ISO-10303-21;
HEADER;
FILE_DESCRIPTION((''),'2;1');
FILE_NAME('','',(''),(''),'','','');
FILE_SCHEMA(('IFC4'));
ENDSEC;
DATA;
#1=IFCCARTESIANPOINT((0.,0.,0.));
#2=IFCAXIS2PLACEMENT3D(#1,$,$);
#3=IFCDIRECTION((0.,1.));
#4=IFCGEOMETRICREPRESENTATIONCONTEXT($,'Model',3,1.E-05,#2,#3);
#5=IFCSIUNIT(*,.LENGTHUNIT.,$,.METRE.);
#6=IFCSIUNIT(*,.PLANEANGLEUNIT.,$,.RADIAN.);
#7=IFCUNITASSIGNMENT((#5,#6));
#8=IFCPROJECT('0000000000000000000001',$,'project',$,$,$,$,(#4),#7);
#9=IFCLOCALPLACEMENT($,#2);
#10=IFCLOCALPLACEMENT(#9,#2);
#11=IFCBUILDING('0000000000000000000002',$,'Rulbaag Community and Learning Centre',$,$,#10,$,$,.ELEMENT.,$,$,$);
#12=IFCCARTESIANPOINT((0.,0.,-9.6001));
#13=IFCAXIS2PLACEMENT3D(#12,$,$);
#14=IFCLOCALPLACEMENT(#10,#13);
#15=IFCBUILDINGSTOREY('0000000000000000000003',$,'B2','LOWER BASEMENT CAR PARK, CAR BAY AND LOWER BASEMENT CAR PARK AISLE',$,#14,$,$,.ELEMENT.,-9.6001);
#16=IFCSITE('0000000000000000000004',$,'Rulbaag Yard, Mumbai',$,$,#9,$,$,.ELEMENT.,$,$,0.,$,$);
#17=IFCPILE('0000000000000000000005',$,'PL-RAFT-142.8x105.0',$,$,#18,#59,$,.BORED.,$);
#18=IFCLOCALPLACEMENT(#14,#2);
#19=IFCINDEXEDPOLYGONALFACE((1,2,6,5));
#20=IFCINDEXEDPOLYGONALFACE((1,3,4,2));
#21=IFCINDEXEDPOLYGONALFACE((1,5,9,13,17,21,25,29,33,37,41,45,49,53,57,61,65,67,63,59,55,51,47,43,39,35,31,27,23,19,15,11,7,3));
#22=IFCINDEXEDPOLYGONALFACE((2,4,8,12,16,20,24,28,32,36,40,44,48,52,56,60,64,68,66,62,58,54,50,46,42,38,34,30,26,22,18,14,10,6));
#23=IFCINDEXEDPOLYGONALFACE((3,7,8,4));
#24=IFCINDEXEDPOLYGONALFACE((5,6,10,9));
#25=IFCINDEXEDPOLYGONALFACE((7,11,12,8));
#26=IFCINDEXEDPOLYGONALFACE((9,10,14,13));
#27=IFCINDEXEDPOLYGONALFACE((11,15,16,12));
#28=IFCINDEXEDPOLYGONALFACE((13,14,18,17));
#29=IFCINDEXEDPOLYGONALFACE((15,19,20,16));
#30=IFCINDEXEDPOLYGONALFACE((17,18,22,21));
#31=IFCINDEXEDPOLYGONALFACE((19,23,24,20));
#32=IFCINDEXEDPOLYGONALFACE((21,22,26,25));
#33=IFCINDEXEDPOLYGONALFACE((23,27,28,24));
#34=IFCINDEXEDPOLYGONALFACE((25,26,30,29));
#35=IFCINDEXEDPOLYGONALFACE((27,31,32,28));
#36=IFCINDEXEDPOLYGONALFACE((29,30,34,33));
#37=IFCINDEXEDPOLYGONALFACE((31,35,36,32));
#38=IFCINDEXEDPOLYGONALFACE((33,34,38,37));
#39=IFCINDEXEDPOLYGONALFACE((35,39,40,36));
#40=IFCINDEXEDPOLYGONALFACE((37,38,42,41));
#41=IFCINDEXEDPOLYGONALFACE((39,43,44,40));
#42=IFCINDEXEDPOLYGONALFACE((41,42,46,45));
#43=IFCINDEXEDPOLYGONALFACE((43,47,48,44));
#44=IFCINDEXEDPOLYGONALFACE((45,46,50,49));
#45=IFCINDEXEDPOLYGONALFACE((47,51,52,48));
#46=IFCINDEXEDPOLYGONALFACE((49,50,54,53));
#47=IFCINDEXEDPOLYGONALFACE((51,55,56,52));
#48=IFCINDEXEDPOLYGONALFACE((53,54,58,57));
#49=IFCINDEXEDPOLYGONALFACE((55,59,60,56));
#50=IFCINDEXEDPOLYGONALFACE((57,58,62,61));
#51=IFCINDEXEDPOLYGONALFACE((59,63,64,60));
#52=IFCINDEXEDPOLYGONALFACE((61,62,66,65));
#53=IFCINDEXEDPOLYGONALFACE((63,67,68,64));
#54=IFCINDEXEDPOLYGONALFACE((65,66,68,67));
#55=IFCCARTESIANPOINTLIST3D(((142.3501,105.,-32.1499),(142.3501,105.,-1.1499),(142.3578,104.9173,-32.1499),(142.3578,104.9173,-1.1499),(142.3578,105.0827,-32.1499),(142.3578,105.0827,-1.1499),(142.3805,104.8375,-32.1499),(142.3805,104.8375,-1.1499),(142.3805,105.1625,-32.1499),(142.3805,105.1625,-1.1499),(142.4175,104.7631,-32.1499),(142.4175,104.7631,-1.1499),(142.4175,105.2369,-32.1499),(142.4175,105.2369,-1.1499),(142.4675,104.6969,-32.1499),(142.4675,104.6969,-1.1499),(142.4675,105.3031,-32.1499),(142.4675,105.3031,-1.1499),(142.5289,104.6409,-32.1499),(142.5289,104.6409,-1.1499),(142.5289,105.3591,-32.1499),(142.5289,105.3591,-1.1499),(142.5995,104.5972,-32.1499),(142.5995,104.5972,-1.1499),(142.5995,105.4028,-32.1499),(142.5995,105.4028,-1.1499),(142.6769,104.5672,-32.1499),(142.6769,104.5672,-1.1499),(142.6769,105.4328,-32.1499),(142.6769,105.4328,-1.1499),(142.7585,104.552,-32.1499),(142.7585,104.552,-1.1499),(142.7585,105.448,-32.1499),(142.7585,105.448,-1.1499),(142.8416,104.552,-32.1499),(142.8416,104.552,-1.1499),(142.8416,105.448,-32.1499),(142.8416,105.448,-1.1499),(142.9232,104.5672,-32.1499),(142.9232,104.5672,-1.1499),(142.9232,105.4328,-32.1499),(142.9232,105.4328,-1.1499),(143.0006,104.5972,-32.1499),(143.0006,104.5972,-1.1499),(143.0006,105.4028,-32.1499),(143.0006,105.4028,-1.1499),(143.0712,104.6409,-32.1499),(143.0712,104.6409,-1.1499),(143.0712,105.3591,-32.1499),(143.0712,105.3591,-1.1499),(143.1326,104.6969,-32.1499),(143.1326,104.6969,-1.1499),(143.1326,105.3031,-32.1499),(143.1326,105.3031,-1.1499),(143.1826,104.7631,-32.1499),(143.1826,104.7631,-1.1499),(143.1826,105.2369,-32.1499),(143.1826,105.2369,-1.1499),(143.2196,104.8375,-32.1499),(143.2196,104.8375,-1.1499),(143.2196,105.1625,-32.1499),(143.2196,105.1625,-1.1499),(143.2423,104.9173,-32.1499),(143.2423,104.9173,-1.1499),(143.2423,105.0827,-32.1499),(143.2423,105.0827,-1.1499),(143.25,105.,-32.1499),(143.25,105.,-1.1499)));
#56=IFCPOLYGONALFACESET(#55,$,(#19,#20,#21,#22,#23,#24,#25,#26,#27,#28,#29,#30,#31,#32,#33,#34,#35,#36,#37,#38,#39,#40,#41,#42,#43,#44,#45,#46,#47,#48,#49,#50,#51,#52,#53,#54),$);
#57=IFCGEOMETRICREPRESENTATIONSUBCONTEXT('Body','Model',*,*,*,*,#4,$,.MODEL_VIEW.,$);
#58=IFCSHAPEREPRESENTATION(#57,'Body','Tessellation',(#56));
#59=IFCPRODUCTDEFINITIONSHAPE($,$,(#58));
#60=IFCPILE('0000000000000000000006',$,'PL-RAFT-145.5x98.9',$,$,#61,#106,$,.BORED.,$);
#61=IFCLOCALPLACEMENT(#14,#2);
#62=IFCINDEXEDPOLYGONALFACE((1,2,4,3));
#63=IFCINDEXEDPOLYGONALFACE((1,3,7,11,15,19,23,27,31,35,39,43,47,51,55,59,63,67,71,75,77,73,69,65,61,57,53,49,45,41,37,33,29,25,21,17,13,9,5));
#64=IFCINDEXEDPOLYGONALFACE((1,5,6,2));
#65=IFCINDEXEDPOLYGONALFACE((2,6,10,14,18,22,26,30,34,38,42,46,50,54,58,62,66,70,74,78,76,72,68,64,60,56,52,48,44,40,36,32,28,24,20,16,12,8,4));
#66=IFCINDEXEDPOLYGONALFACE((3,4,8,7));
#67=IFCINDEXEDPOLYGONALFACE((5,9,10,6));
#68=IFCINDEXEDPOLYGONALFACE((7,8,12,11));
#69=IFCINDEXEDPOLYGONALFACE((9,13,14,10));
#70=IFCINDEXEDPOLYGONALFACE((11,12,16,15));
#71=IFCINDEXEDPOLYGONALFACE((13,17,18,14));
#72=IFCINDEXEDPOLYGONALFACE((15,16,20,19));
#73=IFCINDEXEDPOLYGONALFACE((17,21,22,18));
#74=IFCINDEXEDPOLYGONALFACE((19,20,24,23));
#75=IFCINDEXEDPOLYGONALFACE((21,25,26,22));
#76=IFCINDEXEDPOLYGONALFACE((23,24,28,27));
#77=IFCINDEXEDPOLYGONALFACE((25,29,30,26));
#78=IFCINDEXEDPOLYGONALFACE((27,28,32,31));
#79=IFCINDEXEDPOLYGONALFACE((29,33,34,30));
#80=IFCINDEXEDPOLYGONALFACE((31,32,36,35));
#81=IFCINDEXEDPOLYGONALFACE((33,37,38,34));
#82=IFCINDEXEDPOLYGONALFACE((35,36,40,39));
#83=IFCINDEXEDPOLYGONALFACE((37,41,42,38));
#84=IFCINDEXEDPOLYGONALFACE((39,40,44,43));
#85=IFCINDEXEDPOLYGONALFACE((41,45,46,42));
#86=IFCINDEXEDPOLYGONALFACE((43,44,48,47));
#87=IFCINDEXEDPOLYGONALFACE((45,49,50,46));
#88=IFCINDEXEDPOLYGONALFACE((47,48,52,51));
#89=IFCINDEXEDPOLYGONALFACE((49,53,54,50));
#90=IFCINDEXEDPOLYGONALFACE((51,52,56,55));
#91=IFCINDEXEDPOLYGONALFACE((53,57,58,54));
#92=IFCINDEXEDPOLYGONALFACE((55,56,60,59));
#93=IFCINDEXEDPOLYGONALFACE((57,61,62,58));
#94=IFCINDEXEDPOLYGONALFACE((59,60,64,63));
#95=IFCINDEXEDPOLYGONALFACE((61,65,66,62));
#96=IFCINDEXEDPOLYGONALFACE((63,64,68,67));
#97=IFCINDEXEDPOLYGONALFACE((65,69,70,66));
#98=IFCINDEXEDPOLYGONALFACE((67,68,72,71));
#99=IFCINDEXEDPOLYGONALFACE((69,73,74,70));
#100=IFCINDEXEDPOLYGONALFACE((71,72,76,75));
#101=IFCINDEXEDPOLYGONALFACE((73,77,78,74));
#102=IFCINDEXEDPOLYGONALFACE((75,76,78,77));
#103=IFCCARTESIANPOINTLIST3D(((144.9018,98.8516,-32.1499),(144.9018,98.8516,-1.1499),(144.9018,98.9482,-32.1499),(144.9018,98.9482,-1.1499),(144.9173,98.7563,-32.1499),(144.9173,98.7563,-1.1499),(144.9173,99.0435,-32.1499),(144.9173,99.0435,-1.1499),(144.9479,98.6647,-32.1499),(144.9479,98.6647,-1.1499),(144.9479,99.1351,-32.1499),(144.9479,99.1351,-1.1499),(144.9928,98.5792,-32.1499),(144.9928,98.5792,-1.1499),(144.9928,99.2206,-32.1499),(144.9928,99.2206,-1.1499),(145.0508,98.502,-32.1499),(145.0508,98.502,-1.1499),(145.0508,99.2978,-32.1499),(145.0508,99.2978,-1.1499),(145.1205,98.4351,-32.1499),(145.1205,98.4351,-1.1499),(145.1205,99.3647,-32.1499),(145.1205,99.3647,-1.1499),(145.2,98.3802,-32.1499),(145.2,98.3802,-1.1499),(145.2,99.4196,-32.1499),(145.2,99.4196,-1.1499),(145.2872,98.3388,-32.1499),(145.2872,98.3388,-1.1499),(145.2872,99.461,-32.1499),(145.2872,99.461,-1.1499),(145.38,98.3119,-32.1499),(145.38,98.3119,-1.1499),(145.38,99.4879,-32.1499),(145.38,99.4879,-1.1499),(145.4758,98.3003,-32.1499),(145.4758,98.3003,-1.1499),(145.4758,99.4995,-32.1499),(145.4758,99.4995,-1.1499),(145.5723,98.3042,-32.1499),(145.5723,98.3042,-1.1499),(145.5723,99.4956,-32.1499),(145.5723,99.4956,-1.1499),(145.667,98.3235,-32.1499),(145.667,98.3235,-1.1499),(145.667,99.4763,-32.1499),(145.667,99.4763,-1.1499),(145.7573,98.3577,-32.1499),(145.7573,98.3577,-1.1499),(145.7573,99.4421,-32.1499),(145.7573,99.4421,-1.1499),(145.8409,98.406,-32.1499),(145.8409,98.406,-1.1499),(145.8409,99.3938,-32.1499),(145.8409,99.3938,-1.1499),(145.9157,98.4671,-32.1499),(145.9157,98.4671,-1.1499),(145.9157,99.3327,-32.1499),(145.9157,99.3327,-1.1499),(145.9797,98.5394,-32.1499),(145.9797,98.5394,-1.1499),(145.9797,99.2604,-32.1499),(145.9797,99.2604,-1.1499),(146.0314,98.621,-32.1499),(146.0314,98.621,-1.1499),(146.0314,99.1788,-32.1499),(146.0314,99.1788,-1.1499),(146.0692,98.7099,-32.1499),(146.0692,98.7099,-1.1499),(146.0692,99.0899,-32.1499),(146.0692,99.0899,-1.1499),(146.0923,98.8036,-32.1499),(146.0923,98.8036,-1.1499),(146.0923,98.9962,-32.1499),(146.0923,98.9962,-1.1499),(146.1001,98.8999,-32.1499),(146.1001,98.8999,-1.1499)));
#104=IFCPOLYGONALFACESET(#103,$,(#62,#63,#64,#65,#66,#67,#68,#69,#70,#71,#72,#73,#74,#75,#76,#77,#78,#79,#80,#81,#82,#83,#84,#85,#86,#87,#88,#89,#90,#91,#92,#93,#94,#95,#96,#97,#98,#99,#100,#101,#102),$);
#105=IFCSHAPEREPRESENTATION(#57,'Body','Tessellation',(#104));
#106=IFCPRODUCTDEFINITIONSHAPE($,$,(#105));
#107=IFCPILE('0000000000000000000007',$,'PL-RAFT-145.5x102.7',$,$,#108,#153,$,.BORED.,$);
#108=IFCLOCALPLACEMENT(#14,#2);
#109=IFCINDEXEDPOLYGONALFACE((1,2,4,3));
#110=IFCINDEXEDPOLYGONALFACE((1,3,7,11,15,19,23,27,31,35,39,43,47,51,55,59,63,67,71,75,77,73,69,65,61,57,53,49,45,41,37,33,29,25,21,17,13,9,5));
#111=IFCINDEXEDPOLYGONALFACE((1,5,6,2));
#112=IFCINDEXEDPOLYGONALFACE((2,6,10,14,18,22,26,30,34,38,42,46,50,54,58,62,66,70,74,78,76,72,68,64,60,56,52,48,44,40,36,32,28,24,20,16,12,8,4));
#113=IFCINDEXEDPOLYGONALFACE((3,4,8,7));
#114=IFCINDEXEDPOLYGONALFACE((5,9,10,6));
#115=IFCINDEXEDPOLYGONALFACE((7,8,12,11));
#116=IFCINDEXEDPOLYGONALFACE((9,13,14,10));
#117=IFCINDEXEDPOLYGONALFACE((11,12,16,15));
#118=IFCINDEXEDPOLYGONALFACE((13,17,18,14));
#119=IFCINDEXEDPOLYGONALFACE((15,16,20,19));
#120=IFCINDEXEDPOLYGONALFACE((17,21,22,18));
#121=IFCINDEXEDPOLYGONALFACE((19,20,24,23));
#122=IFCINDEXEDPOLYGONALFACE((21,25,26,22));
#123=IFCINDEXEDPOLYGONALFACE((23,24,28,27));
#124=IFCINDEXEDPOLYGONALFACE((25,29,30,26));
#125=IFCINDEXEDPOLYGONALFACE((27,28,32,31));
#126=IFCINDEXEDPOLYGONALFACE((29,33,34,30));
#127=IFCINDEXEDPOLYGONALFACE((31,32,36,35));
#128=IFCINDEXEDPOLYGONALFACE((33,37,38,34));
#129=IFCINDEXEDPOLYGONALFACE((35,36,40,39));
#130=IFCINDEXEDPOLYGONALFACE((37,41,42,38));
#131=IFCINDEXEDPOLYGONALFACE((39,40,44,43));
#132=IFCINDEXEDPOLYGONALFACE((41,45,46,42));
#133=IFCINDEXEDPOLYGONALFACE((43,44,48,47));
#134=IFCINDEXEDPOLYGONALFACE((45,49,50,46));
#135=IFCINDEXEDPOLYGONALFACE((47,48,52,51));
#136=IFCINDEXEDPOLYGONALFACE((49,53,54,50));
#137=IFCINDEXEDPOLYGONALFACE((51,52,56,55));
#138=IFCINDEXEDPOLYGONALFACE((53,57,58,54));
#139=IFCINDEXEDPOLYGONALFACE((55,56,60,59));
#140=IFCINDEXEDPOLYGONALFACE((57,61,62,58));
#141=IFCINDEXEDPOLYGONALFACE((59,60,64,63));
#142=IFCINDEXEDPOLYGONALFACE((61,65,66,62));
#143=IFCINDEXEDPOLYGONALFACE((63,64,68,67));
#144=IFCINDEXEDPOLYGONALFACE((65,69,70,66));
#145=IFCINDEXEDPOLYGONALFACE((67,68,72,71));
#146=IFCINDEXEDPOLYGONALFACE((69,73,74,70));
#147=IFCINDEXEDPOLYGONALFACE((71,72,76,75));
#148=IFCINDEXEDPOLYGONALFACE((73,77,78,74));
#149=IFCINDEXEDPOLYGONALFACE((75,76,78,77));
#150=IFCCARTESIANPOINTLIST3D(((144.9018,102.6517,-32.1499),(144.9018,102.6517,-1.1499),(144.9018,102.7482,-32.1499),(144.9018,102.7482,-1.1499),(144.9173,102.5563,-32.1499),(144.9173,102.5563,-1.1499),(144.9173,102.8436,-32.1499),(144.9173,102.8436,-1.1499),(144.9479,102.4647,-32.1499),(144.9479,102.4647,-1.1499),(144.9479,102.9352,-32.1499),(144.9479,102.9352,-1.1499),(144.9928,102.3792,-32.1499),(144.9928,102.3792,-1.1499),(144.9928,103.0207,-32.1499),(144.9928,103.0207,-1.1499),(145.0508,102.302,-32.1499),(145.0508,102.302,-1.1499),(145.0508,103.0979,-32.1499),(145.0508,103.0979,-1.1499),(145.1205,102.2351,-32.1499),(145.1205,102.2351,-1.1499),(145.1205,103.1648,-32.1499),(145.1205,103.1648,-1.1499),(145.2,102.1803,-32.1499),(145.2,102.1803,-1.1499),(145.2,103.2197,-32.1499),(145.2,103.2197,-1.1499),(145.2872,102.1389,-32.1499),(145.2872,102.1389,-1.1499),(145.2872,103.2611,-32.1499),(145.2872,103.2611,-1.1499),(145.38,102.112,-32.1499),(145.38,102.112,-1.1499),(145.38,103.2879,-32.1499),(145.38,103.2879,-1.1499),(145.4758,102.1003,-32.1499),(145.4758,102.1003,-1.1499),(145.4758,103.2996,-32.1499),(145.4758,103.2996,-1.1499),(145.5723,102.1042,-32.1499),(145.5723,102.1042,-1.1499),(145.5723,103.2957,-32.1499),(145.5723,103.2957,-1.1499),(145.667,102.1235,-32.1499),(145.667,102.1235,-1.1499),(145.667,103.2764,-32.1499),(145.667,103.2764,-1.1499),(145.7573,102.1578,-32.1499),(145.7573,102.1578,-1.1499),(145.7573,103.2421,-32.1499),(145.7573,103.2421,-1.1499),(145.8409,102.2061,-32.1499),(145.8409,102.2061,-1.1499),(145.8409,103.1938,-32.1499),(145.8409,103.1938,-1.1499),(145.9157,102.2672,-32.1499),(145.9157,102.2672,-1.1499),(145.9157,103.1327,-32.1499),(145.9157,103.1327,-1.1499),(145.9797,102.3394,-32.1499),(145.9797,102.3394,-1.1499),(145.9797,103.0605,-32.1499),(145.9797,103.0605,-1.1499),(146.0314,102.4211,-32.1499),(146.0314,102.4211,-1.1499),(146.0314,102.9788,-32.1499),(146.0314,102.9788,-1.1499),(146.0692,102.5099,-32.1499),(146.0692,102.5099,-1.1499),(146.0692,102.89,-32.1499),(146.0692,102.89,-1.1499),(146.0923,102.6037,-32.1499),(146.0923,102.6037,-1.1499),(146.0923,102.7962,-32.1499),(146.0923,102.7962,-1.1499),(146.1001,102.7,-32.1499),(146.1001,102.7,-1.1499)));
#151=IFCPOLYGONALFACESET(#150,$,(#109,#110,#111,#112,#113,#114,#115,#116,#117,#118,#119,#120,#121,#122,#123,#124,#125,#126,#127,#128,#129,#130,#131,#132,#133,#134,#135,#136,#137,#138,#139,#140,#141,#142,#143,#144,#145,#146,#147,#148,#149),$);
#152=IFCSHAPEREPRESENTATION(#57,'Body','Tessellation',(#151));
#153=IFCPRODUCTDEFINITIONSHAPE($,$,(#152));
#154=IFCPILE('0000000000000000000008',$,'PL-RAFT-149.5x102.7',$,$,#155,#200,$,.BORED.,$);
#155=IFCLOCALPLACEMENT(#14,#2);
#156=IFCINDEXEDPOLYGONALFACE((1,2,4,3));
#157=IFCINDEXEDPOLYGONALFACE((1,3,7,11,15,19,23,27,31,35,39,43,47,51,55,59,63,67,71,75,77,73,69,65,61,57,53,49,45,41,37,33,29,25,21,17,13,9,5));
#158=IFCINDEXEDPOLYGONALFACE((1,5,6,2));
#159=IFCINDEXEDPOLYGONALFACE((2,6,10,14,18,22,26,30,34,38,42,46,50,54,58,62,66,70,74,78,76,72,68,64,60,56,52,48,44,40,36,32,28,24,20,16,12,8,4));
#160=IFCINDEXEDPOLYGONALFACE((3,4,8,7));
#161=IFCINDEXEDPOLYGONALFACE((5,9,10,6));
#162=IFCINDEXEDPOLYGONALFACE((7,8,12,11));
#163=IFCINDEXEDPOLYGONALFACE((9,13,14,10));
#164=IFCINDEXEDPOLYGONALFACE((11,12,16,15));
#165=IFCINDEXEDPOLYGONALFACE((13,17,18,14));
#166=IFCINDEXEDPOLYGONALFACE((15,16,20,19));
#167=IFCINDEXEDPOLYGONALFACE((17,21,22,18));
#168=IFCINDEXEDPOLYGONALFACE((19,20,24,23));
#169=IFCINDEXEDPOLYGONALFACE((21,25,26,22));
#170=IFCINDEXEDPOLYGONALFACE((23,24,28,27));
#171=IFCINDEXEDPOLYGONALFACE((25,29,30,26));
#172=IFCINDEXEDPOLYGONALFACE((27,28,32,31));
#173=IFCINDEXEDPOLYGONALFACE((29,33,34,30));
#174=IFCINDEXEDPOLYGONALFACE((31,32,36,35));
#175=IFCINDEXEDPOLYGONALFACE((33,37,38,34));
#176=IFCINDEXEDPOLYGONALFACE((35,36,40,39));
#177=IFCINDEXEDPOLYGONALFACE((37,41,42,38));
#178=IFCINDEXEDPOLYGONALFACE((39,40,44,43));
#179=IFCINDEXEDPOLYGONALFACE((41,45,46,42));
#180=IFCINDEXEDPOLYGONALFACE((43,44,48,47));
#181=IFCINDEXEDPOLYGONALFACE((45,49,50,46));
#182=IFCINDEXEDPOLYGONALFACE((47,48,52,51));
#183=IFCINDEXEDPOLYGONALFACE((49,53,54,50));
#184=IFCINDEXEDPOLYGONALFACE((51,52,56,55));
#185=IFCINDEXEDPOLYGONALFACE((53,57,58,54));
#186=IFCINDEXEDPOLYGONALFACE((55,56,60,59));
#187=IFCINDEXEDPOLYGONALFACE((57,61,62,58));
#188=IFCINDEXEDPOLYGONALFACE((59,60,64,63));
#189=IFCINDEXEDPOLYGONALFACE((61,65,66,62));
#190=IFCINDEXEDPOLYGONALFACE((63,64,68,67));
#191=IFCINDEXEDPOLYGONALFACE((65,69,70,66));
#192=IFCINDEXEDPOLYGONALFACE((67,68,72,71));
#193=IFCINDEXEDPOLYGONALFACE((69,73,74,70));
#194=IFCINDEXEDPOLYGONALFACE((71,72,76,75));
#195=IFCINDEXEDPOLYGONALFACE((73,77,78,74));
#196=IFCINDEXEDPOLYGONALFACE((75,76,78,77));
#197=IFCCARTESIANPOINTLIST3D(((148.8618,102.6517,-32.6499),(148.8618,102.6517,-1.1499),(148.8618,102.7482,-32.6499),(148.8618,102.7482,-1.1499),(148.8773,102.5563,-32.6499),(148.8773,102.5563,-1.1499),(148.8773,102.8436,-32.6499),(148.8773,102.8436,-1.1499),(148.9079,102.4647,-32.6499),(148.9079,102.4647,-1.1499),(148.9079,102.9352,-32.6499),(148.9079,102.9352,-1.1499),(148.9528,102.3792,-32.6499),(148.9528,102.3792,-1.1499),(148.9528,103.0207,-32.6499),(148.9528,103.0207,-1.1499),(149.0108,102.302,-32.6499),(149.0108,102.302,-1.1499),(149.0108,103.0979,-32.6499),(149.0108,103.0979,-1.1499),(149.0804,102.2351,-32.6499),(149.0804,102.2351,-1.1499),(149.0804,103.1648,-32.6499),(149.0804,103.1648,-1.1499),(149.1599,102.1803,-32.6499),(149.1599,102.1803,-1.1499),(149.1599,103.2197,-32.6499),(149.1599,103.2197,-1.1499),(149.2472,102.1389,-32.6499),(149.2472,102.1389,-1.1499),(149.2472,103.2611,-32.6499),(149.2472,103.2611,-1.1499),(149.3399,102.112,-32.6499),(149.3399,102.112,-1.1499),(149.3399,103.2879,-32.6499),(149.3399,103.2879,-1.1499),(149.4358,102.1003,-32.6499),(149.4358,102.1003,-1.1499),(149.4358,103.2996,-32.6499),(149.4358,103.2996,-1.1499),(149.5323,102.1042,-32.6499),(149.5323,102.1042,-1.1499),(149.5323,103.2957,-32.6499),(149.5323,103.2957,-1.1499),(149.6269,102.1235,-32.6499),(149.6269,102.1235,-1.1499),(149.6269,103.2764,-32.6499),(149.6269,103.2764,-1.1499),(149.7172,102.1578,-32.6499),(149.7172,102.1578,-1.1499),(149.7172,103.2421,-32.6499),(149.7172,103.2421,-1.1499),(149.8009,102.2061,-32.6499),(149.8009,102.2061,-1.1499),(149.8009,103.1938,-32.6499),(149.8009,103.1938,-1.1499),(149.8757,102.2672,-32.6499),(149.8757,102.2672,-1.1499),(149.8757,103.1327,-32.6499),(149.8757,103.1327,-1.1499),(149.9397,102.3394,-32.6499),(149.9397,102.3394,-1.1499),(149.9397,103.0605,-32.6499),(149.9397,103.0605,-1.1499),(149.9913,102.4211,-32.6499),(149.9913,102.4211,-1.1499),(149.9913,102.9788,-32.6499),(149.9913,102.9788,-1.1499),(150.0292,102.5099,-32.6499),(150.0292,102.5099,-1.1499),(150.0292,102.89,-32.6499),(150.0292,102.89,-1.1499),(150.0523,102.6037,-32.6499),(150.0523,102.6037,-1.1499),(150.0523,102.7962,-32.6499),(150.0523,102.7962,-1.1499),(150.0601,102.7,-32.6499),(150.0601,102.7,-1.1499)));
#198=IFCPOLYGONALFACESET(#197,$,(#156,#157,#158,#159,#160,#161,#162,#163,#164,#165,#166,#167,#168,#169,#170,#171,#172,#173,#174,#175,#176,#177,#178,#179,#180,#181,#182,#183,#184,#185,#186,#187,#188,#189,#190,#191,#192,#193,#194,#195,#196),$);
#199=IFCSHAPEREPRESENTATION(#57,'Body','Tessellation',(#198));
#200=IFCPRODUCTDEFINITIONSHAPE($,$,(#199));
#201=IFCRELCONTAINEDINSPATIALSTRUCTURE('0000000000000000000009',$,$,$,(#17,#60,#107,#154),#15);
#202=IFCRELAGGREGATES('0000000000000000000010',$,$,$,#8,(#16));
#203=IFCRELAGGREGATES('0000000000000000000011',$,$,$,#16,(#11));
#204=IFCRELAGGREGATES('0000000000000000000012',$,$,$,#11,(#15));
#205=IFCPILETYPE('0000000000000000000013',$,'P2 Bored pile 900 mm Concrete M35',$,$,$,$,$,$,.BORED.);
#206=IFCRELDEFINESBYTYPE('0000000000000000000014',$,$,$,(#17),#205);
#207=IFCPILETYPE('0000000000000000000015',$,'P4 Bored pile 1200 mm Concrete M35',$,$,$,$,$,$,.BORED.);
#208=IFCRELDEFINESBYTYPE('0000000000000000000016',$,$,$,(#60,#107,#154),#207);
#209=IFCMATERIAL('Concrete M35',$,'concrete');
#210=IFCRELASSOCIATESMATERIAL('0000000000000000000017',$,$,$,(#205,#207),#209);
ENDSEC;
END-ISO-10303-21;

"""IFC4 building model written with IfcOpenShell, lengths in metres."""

from ifc_helpers import new_model, si_unit, direction, frame, origin, origin_2d, place, context, subcontext, project, spatial, circle, extrude, material, material_profile, profile_set, type_object, element, save


model = new_model("IFC4")

# Units and contexts
model_context = context("Model", 3, precision=1e-05, world=origin(), true_north=direction((0.0, 1.0)))
body_context = subcontext(model_context, "Body", "Model", "MODEL_VIEW")
ifc_project = project(units=[si_unit("LENGTHUNIT", "METRE"), si_unit("PLANEANGLEUNIT", "RADIAN")], contexts=[model_context])

# Site, building, storey
site_placement = place(None, origin())
site = spatial("IfcSite", under=ifc_project, at=site_placement, Name="Rulbaag Yard, Mumbai", CompositionType="ELEMENT", RefElevation=0.0)
building_placement = place(site_placement, origin())
building = spatial("IfcBuilding", under=site, at=building_placement, Name="Rulbaag Community and Learning Centre", CompositionType="ELEMENT")
storey_placement = place(building_placement, frame((0.0, 0.0, -9.6001)))
storey = spatial("IfcBuildingStorey", under=building, at=storey_placement, Name="B2", Description="LOWER BASEMENT CAR PARK, CAR BAY AND LOWER BASEMENT CAR PARK AISLE", CompositionType="ELEMENT", Elevation=-9.6001)

# Piles
ifc_material_1 = material(Name="Concrete M35", Category="concrete")
ifc_material_profile_1 = material_profile(ifc_material_1, circle(Radius=0.45, at=origin_2d()), Name="BP900")
ifc_profile_set_1 = profile_set([ifc_material_profile_1], Name="Concrete M35")
pile_type_1 = type_object("IfcPileType", Name="P2 Bored pile 900 mm Concrete M35", PredefinedType="BORED", material=ifc_profile_set_1)
pile_1_placement = place(storey_placement, frame((142.8, 105.0, -1.1499), z_axis=(0.0, 0.0, -1.0), x_axis=(1.0, 0.0, 0.0)))
element("IfcPile", 1, at=pile_1_placement, inside=storey, type_object=pile_type_1, Name="PL-RAFT-142.8x105.0", PredefinedType="BORED", context=body_context, shape_type="SweptSolid", body=[
    extrude(circle(Radius=0.45, at=origin_2d()), origin(), (0.0, 0.0, 1.0), 31.0),
])
ifc_material_profile_2 = material_profile(ifc_material_1, circle(Radius=0.6001, at=origin_2d()), Name="BP1200")
ifc_profile_set_2 = profile_set([ifc_material_profile_2], Name="Concrete M35")
pile_type_2 = type_object("IfcPileType", Name="P4 Bored pile 1200 mm Concrete M35", PredefinedType="BORED", material=ifc_profile_set_2)
for number, where, z_axis, x_axis, name in (
    (2, (145.5, 98.8999, -1.1499), (0.0, 0.0, -1.0), (1.0, 0.0, 0.0), "PL-RAFT-145.5x98.9"),
    (3, (145.5, 102.7, -1.1499), (0.0, 0.0, -1.0), (1.0, 0.0, 0.0), "PL-RAFT-145.5x102.7"),
):
    element("IfcPile", number, at=place(storey_placement, frame(where, z_axis=z_axis, x_axis=x_axis)), inside=storey, type_object=pile_type_2, Name=name, PredefinedType="BORED", context=body_context, shape_type="SweptSolid", body=[
        extrude(circle(Radius=0.6001, at=origin_2d()), origin(), (0.0, 0.0, 1.0), 31.0),
    ])
pile_2_placement = place(storey_placement, frame((149.46, 102.7, -1.1499), z_axis=(0.0, 0.0, -1.0), x_axis=(1.0, 0.0, 0.0)))
element("IfcPile", 4, at=pile_2_placement, inside=storey, type_object=pile_type_2, Name="PL-RAFT-149.5x102.7", PredefinedType="BORED", context=body_context, shape_type="SweptSolid", body=[
    extrude(circle(Radius=0.6001, at=origin_2d()), origin(), (0.0, 0.0, 1.0), 31.5),
])

save(model, "model.ifc")
